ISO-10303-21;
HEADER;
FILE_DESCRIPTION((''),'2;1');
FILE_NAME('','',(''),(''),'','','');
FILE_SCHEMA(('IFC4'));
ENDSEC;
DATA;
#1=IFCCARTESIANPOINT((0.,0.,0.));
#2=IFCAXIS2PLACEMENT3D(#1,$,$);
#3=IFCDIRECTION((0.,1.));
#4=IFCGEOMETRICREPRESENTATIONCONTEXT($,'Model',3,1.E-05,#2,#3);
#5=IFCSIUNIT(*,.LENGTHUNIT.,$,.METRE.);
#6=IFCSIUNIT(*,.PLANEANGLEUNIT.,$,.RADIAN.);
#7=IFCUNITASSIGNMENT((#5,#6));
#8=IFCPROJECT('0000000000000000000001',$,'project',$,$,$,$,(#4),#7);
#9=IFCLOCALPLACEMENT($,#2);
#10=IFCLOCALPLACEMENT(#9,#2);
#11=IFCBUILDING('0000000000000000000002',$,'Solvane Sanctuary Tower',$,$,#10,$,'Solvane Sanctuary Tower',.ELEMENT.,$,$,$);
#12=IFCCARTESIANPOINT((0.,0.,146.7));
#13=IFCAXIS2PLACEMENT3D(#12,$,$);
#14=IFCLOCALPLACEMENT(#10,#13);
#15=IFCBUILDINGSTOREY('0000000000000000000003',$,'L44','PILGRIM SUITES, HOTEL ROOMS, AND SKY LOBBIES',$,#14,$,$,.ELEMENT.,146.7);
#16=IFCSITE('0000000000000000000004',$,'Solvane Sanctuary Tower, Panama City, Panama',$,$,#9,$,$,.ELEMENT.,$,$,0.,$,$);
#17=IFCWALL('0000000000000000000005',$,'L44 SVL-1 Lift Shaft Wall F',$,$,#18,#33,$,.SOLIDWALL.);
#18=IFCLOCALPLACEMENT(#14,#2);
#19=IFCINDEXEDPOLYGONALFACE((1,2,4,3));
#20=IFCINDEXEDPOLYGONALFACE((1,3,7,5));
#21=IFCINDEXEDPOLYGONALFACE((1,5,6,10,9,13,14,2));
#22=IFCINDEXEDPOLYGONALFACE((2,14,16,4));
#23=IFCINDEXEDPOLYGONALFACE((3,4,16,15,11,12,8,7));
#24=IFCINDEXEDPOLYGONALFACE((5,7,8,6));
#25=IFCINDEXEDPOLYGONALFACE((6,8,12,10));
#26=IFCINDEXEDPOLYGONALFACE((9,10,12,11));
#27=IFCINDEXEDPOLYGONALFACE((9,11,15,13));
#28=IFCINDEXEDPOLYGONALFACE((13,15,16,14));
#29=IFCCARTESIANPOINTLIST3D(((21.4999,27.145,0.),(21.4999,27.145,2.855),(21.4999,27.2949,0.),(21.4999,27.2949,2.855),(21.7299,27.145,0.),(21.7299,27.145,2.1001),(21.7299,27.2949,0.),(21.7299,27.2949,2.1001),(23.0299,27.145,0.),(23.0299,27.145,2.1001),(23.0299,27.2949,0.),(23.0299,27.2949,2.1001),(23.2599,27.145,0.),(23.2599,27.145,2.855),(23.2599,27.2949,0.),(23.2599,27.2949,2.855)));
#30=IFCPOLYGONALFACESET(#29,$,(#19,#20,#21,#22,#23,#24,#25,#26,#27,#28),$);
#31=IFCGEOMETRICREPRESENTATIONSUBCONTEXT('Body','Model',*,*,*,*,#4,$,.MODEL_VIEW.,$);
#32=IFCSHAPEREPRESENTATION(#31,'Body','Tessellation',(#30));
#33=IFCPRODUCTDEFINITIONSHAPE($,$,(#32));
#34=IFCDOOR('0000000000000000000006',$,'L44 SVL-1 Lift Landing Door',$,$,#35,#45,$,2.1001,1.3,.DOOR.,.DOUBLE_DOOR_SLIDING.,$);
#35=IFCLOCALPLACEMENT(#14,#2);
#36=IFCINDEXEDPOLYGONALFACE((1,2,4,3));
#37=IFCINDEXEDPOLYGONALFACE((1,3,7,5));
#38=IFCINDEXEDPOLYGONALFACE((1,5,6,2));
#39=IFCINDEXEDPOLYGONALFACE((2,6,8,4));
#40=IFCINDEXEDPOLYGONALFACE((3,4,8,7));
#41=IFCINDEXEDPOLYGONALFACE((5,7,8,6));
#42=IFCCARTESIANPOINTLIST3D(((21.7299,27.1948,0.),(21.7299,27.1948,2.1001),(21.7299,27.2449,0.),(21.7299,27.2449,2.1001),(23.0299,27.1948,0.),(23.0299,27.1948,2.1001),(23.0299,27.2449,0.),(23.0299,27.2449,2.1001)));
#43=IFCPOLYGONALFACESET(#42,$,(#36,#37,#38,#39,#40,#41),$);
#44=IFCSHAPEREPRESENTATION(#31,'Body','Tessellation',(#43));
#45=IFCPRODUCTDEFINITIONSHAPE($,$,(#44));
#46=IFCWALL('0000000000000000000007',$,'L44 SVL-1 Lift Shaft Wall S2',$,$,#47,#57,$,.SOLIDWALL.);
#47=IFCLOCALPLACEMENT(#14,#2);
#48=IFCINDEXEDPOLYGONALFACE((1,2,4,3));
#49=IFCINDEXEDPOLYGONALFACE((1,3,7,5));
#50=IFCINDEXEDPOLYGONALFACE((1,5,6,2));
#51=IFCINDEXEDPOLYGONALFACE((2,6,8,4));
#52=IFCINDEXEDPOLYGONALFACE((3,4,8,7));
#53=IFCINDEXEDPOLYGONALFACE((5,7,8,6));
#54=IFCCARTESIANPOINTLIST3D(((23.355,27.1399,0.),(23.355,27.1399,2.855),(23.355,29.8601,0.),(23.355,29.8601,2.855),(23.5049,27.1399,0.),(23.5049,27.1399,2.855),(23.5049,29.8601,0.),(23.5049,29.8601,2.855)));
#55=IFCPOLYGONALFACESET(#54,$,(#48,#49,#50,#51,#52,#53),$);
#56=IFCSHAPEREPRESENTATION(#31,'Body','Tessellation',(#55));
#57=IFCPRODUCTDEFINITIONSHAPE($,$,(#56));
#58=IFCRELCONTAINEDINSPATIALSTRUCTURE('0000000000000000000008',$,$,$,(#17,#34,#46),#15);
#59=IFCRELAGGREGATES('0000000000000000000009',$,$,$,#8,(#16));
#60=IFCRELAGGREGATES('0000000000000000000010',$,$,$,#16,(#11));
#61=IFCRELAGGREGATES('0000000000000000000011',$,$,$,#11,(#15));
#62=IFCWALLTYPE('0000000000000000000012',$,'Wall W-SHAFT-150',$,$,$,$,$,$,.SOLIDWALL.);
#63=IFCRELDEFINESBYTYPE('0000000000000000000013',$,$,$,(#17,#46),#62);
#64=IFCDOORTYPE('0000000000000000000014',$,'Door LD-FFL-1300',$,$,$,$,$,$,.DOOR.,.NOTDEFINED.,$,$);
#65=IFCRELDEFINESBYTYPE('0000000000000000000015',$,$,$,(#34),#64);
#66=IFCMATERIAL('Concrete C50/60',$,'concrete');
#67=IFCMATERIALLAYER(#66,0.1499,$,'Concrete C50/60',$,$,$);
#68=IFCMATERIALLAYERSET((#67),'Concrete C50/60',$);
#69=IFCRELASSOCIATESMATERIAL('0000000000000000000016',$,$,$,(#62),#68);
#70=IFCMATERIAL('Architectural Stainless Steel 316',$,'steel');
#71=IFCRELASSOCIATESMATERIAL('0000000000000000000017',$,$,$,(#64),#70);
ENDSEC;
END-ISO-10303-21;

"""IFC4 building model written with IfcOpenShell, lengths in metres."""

from ifc_helpers import new_model, si_unit, direction, frame, frame_2d, origin, place, context, subcontext, project, spatial, rectangle, extrude, material, layer, layer_set, type_object, element, fill, save


model = new_model("IFC4")

# Units and contexts
model_context = context("Model", 3, precision=1e-05, world=origin(), true_north=direction((0.0, 1.0)))
body_context = subcontext(model_context, "Body", "Model", "MODEL_VIEW")
ifc_project = project(units=[si_unit("LENGTHUNIT", "METRE"), si_unit("PLANEANGLEUNIT", "RADIAN")], contexts=[model_context])

# Site, building, storey
site_placement = place(None, origin())
site = spatial("IfcSite", under=ifc_project, at=site_placement, Name="Solvane Sanctuary Tower, Panama City, Panama", CompositionType="ELEMENT", RefElevation=0.0)
building_placement = place(site_placement, origin())
building = spatial("IfcBuilding", under=site, at=building_placement, Name="Solvane Sanctuary Tower", LongName="Solvane Sanctuary Tower", CompositionType="ELEMENT")
storey_placement = place(building_placement, frame((0.0, 0.0, 146.7)))
storey = spatial("IfcBuildingStorey", under=building, at=storey_placement, Name="L44", Description="PILGRIM SUITES, HOTEL ROOMS, AND SKY LOBBIES", CompositionType="ELEMENT", Elevation=146.7)

# Shared definitions
ifc_material_1 = material(Name="Architectural Stainless Steel 316", Category="steel")

# Shared definitions
ifc_material_2 = material(Name="Concrete C50/60", Category="concrete")
ifc_layer_1 = layer(ifc_material_2, 0.1499, Name="Concrete C50/60")
ifc_layer_set_1 = layer_set([ifc_layer_1], Name="Concrete C50/60")
wall_type_1 = type_object("IfcWallType", Name="Wall W-SHAFT-150", PredefinedType="SOLIDWALL", material=ifc_layer_set_1)

# Shared definitions
door_type_1 = type_object("IfcDoorType", Name="Door LD-FFL-1300", OperationType="NOTDEFINED", PredefinedType="DOOR", material=ifc_material_1)

# Wall, opening, door
wall_1_placement = place(storey_placement, frame((21.5, 27.22, 0.0), z_axis=(0.0, 0.0, 1.0), x_axis=(1.0, 0.0, 0.0)))
wall_1 = element("IfcWall", 1, at=wall_1_placement, inside=storey, type_object=wall_type_1, Name="L44 SVL-1 Lift Shaft Wall F", PredefinedType="SOLIDWALL", context=body_context, shape_type="SweptSolid", body=[
    extrude(rectangle(XDim=1.76, YDim=0.1499, at=frame_2d((0.8799, 0.0))), origin(), (0.0, 0.0, 1.0), 2.855),
])
opening_1_placement = place(wall_1_placement, frame((0.23, 0.0, 0.0)))
opening_1 = element("IfcOpeningElement", 2, at=opening_1_placement, cuts=wall_1, PredefinedType="OPENING", context=body_context, shape_type="SweptSolid", body=[
    extrude(rectangle(XDim=1.3, YDim=2.1001, at=frame_2d((0.6499, 1.05))), frame((0.0, 0.085, 0.0), z_axis=(0.0, -1.0, 0.0), x_axis=(1.0, 0.0, 0.0)), (0.0, 0.0, 1.0), 0.1699),
])
door_1_placement = place(opening_1_placement, origin())
door_1 = element("IfcDoor", 3, at=door_1_placement, inside=storey, type_object=door_type_1, Name="L44 SVL-1 Lift Landing Door", OperationType="DOUBLE_DOOR_SLIDING", OverallHeight=2.1001, OverallWidth=1.3, PredefinedType="DOOR", context=body_context, shape_type="SweptSolid", body=[
    extrude(rectangle(XDim=1.3, YDim=2.1001, at=frame_2d((0.6499, 1.05))), frame((0.0, 0.0249, 0.0), z_axis=(0.0, -1.0, 0.0), x_axis=(1.0, 0.0, 0.0)), (0.0, 0.0, 1.0), 0.05),
])
fill(opening_1, door_1)

# Wall
wall_2_placement = place(storey_placement, frame((23.4299, 27.1399, 0.0), z_axis=(0.0, 0.0, 1.0), x_axis=(0.0, 1.0, 0.0)))
element("IfcWall", 4, at=wall_2_placement, inside=storey, type_object=wall_type_1, Name="L44 SVL-1 Lift Shaft Wall S2", PredefinedType="SOLIDWALL", context=body_context, shape_type="SweptSolid", body=[
    extrude(rectangle(XDim=2.7202, YDim=0.1499, at=frame_2d((1.3601, 0.0))), origin(), (0.0, 0.0, 1.0), 2.855),
])

save(model, "model.ifc")
